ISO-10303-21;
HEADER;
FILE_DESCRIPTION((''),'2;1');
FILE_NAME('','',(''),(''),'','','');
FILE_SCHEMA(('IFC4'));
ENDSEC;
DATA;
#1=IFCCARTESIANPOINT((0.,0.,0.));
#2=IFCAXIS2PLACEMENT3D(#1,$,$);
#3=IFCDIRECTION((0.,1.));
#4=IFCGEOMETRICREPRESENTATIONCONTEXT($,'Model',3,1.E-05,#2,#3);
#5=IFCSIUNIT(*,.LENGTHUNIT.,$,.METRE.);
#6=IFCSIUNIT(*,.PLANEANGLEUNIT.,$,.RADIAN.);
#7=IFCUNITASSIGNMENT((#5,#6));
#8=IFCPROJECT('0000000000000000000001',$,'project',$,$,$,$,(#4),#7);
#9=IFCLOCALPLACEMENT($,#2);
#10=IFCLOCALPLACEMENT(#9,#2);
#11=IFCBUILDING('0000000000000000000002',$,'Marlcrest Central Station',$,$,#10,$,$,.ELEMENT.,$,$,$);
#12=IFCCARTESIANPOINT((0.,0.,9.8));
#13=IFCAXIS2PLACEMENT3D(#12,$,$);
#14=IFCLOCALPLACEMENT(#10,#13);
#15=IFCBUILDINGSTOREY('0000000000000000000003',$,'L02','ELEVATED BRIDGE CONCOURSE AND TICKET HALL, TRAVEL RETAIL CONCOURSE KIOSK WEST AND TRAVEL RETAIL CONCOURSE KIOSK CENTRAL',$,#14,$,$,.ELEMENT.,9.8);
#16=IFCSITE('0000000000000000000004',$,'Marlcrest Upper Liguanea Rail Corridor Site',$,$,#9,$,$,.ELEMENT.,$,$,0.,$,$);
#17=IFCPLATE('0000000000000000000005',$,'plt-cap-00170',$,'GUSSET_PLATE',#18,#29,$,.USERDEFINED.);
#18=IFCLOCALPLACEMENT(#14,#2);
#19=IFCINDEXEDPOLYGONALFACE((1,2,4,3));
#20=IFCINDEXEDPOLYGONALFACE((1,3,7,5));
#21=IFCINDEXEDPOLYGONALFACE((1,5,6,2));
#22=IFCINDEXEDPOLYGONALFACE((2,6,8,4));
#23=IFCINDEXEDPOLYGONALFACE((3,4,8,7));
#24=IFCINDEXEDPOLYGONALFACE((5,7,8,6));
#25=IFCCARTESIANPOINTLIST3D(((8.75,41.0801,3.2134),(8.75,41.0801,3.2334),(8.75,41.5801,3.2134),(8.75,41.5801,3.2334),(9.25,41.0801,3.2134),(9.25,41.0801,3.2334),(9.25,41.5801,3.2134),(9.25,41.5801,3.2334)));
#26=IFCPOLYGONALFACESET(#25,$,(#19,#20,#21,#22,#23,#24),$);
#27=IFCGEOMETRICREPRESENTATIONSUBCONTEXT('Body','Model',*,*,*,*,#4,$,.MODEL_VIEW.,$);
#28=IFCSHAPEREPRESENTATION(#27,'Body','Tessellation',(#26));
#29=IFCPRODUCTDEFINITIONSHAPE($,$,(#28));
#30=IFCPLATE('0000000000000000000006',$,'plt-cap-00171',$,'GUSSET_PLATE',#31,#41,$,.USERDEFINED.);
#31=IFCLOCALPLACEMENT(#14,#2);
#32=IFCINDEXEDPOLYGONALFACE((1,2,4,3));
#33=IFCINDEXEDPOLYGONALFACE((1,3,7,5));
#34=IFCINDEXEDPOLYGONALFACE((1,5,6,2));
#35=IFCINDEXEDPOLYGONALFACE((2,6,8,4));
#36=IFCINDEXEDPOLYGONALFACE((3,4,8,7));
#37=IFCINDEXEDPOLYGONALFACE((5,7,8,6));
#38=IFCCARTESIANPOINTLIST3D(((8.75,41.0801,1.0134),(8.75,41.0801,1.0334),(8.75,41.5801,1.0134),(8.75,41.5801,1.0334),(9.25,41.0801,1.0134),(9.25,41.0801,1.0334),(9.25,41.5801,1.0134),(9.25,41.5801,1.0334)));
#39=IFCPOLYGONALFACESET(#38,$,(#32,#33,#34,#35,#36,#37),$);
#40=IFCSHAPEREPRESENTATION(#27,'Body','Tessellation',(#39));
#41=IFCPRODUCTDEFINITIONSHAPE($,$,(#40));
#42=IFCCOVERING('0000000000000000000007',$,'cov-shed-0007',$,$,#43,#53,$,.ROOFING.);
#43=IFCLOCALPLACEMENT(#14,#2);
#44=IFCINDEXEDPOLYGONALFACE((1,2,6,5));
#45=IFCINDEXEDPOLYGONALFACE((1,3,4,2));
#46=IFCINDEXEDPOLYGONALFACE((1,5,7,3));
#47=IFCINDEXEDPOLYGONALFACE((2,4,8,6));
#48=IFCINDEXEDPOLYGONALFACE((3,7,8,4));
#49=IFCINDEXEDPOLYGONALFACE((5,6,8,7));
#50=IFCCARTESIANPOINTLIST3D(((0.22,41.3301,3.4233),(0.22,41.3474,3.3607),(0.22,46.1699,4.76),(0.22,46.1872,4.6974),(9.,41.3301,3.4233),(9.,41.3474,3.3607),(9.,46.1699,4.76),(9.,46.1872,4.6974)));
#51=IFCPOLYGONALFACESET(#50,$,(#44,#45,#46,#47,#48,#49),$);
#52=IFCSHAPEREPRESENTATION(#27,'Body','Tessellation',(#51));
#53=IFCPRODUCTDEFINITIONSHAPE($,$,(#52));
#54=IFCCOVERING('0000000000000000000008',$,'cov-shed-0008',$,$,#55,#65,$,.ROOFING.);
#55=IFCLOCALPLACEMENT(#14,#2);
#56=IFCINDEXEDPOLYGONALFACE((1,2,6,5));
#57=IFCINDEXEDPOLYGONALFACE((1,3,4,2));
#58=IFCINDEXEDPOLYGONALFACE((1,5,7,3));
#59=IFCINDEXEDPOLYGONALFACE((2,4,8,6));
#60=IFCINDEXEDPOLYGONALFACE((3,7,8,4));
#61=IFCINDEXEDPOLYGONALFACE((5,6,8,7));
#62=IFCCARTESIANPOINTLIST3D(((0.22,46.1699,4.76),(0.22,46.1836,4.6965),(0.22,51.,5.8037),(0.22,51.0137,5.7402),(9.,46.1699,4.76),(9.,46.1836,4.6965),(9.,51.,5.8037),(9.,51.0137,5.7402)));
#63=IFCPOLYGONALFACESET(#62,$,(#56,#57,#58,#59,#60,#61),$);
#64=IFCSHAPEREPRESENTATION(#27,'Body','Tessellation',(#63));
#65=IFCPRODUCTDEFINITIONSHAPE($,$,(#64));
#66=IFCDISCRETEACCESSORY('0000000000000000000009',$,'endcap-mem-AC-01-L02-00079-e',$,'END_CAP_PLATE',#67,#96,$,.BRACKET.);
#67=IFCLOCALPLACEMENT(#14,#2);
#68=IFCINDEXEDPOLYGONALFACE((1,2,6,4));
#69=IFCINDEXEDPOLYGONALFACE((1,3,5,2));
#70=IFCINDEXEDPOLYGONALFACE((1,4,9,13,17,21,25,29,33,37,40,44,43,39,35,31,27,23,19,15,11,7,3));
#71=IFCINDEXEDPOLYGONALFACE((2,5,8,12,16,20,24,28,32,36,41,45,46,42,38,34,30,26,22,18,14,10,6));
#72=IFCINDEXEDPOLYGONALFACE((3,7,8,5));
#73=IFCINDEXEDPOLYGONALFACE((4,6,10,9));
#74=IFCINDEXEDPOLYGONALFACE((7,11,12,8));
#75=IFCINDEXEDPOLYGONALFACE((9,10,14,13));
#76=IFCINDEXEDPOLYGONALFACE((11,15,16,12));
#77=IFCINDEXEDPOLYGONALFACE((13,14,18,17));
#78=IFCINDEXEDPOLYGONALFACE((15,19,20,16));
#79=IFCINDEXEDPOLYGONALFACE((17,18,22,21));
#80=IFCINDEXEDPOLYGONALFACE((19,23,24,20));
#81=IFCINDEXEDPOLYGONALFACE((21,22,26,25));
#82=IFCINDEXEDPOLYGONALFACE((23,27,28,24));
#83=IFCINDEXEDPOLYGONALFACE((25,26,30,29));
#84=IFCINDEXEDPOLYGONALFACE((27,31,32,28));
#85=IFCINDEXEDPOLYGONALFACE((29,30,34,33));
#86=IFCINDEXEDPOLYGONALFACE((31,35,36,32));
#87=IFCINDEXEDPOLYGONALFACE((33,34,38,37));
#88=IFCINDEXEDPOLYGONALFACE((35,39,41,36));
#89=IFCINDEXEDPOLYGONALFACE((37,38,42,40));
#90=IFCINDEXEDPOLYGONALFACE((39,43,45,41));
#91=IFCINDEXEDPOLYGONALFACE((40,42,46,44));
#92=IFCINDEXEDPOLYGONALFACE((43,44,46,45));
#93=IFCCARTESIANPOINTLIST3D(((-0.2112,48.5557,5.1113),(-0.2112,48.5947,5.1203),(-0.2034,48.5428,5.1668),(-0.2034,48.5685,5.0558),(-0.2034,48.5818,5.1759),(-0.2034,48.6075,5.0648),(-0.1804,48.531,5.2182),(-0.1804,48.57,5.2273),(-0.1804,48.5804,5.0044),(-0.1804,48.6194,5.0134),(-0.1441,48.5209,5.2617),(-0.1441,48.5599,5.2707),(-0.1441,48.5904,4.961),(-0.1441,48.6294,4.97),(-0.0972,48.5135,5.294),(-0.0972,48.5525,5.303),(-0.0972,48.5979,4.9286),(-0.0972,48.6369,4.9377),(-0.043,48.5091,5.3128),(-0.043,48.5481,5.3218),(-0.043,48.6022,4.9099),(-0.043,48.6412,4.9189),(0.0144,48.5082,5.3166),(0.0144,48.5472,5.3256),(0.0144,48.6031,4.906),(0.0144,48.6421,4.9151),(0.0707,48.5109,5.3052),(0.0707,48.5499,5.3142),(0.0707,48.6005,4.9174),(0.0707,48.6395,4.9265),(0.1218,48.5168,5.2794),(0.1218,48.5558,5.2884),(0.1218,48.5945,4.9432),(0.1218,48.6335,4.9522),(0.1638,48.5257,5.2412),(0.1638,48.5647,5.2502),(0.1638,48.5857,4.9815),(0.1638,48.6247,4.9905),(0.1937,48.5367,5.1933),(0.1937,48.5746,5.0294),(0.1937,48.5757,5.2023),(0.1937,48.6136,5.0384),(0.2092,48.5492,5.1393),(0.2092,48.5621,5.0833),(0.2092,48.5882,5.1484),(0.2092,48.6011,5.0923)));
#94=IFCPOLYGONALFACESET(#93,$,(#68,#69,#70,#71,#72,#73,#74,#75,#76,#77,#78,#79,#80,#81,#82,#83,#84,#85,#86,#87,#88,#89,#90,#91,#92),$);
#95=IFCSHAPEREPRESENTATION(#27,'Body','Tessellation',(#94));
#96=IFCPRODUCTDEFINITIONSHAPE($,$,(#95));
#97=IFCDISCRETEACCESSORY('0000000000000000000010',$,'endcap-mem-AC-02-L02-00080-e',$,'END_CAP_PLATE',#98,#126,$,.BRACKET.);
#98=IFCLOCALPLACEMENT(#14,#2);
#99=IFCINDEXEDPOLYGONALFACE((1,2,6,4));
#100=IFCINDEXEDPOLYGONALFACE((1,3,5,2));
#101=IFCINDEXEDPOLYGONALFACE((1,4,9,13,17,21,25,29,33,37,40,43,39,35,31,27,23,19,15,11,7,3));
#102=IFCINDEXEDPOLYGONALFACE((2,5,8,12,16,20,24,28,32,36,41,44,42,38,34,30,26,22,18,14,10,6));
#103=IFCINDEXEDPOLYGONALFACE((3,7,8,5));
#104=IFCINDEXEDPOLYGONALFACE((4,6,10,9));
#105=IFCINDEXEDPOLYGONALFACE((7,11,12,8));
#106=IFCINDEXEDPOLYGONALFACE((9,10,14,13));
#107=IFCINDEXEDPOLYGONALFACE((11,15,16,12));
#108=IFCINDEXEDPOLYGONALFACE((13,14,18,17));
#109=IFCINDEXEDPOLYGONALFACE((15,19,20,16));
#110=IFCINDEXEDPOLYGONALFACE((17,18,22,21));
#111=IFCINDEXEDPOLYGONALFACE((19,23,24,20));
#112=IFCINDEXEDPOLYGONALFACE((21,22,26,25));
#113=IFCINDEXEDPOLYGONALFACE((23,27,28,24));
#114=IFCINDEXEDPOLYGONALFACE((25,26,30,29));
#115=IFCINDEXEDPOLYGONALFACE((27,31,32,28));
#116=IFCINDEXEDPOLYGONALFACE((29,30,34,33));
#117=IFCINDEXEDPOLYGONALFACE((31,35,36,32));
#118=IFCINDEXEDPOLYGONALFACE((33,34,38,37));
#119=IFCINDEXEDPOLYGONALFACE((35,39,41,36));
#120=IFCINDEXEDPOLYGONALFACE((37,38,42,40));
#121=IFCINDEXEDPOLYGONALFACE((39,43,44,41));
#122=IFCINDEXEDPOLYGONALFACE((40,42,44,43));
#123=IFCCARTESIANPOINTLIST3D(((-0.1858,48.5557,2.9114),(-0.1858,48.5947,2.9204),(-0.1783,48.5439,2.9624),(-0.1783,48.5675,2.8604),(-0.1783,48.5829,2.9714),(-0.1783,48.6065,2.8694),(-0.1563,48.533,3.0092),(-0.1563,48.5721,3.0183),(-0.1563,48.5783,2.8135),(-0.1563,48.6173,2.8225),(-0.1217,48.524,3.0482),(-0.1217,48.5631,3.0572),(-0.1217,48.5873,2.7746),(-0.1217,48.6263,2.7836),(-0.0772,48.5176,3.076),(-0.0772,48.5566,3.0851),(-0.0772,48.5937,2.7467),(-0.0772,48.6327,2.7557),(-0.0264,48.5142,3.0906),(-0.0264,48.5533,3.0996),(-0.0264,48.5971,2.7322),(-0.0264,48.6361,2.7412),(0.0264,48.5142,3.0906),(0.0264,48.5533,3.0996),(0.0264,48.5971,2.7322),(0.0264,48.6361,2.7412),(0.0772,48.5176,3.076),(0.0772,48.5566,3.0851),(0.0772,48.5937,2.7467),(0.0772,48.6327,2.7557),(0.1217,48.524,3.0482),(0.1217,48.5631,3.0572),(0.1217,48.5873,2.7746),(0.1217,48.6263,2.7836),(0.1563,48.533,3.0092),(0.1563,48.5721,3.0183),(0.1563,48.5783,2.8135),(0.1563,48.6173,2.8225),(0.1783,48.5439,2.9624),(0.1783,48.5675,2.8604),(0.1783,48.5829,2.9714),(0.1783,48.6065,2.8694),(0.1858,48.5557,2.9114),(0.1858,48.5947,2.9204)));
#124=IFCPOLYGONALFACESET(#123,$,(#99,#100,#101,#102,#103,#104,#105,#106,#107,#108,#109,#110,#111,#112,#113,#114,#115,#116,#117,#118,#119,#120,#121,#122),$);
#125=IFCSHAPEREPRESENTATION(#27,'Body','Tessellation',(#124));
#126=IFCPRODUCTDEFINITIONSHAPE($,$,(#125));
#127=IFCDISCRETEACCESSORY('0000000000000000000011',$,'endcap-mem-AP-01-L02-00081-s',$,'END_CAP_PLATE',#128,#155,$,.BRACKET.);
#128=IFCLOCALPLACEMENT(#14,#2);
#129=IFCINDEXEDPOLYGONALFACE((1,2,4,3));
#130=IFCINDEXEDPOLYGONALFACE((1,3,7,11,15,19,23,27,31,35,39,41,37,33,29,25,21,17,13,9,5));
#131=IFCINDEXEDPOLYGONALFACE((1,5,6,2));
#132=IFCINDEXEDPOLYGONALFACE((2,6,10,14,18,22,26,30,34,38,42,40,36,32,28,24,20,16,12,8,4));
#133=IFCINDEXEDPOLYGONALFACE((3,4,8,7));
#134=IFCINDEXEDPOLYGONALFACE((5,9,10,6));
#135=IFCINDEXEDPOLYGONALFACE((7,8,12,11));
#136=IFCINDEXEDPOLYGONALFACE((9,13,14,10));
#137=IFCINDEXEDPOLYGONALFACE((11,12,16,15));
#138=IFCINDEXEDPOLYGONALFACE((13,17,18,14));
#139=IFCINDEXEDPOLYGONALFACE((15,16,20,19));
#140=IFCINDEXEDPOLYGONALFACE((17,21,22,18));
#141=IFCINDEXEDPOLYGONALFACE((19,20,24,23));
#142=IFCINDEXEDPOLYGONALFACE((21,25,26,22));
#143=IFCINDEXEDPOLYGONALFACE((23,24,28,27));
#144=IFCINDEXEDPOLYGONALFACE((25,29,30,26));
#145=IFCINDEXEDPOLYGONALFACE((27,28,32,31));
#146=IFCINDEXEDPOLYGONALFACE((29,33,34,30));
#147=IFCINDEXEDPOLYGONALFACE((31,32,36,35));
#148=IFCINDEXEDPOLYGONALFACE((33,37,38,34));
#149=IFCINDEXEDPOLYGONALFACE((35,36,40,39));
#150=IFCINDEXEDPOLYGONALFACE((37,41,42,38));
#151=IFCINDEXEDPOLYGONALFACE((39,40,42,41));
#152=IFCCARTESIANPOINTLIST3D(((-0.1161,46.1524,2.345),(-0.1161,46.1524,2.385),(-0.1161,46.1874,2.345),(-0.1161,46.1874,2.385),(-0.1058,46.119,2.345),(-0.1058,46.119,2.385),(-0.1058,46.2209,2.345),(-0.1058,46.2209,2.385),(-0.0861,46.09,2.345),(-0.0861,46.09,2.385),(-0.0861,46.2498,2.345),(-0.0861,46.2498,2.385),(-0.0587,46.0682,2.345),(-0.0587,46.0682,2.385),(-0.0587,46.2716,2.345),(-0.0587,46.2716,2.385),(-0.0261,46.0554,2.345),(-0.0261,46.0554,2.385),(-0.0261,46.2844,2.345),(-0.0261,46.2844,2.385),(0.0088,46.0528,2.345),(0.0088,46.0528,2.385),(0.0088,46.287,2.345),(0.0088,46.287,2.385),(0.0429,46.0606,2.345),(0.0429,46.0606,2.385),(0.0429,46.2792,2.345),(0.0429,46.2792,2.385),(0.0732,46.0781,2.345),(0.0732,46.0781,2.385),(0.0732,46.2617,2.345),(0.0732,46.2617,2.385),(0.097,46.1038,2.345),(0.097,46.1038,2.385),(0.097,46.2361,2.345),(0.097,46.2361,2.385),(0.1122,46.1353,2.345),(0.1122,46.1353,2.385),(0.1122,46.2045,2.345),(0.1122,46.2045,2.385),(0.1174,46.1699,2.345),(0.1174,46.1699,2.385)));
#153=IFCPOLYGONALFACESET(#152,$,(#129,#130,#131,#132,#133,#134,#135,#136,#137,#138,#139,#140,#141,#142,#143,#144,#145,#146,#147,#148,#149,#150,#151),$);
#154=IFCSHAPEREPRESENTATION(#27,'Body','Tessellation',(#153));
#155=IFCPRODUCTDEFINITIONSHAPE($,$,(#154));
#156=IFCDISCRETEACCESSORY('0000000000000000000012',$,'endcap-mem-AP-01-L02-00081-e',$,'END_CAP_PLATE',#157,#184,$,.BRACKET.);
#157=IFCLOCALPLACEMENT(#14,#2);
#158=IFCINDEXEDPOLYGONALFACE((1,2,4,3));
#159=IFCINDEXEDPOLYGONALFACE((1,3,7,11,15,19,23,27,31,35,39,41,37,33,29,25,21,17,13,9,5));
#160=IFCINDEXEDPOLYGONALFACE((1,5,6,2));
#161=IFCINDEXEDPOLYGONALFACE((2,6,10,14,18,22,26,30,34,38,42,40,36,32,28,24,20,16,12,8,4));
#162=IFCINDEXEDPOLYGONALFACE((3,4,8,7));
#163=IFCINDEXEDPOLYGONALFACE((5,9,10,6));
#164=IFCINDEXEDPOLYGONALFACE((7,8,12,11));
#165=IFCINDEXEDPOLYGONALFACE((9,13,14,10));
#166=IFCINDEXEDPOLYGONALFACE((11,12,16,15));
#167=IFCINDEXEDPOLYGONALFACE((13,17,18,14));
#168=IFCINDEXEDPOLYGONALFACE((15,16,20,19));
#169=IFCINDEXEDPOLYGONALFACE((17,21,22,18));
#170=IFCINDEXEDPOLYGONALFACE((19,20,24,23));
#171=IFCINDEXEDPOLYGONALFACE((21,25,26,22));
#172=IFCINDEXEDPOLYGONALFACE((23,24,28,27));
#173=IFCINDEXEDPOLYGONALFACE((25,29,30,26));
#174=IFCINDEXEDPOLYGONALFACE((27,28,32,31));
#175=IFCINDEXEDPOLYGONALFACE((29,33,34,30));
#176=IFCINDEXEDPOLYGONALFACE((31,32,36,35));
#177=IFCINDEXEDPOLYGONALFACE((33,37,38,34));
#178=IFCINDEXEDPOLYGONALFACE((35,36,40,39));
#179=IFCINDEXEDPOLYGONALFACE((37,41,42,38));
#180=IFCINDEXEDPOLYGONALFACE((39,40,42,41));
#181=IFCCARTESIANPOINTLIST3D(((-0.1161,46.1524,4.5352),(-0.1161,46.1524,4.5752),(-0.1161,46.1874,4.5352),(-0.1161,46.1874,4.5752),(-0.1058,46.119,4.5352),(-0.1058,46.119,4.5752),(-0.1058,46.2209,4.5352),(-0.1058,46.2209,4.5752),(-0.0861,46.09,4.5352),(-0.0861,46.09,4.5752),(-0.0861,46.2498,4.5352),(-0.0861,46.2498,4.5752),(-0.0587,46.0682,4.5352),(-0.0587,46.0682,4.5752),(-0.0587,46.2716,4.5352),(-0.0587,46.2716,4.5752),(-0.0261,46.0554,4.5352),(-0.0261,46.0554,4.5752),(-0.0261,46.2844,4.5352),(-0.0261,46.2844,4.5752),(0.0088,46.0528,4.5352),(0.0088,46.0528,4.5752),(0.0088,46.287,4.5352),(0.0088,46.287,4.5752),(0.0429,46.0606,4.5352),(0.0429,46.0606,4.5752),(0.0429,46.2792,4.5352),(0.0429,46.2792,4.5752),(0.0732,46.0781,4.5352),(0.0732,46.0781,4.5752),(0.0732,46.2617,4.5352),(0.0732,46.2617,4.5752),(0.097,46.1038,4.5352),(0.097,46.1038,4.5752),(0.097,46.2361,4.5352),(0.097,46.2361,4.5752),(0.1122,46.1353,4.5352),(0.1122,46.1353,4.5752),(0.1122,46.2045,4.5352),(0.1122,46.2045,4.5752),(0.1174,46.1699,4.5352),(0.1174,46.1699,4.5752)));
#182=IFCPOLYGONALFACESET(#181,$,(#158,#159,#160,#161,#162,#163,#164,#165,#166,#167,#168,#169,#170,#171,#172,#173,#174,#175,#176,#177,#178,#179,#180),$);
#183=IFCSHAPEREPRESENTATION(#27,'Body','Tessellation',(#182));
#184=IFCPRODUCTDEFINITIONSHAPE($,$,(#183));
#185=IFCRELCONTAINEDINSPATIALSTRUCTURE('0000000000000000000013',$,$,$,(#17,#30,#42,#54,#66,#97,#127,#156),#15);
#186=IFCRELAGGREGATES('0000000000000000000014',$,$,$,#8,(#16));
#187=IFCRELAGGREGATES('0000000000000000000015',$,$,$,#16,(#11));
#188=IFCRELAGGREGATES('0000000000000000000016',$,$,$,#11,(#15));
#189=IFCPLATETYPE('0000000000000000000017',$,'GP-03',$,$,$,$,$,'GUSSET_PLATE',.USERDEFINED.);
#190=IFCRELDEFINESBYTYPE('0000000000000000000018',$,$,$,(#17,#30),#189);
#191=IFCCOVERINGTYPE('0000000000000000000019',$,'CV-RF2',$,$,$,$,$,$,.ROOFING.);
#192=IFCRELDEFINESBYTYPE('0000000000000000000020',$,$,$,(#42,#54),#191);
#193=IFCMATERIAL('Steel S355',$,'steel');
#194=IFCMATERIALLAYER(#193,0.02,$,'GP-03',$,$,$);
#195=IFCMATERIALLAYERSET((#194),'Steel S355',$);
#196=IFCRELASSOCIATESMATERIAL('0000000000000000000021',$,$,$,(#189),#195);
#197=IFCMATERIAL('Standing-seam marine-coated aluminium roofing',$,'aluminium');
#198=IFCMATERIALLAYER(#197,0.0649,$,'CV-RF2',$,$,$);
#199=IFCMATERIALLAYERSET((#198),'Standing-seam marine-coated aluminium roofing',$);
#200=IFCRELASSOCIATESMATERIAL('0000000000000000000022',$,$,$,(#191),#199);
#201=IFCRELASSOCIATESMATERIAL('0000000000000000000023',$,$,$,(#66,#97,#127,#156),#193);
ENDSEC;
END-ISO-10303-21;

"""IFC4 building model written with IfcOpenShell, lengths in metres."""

from ifc_helpers import new_model, si_unit, direction, frame, origin, origin_2d, place, context, subcontext, project, spatial, polyline, rectangle, circle, outline, extrude, material, layer, layer_set, type_object, element, save


model = new_model("IFC4")

# Units and contexts
model_context = context("Model", 3, precision=1e-05, world=origin(), true_north=direction((0.0, 1.0)))
body_context = subcontext(model_context, "Body", "Model", "MODEL_VIEW")
ifc_project = project(units=[si_unit("LENGTHUNIT", "METRE"), si_unit("PLANEANGLEUNIT", "RADIAN")], contexts=[model_context])

# Site, building, storey
site_placement = place(None, origin())
site = spatial("IfcSite", under=ifc_project, at=site_placement, Name="Marlcrest Upper Liguanea Rail Corridor Site", CompositionType="ELEMENT", RefElevation=0.0)
building_placement = place(site_placement, origin())
building = spatial("IfcBuilding", under=site, at=building_placement, Name="Marlcrest Central Station", CompositionType="ELEMENT")
storey_placement = place(building_placement, frame((0.0, 0.0, 9.8)))
storey = spatial("IfcBuildingStorey", under=building, at=storey_placement, Name="L02", Description="ELEVATED BRIDGE CONCOURSE AND TICKET HALL, TRAVEL RETAIL CONCOURSE KIOSK WEST AND TRAVEL RETAIL CONCOURSE KIOSK CENTRAL", CompositionType="ELEMENT", Elevation=9.8)

# Shared definitions
ifc_material_1 = material(Name="Steel S355", Category="steel")

# Plates
ifc_layer_1 = layer(ifc_material_1, 0.02, Name="GP-03")
ifc_layer_set_1 = layer_set([ifc_layer_1], Name="Steel S355")
plate_type = type_object("IfcPlateType", Name="GP-03", ElementType="GUSSET_PLATE", PredefinedType="USERDEFINED", material=ifc_layer_set_1)
for number, where, z_axis, x_axis, name in (
    (1, (9.0, 41.3301, 3.2134), (0.0, 0.0, 1.0), (1.0, 0.0, 0.0), "plt-cap-00170"),
    (2, (9.0, 41.3301, 1.0134), (0.0, 0.0, 1.0), (1.0, 0.0, 0.0), "plt-cap-00171"),
):
    element("IfcPlate", number, at=place(storey_placement, frame(where, z_axis=z_axis, x_axis=x_axis)), inside=storey, type_object=plate_type, Name=name, ObjectType="GUSSET_PLATE", PredefinedType="USERDEFINED", context=body_context, shape_type="SweptSolid", body=[
        extrude(rectangle(XDim=0.5, YDim=0.5, at=origin_2d()), origin(), (0.0, 0.0, 1.0), 0.02),
    ])

# Coverings
ifc_material_2 = material(Name="Standing-seam marine-coated aluminium roofing", Category="aluminium")
ifc_layer_2 = layer(ifc_material_2, 0.0649, Name="CV-RF2")
ifc_layer_set_2 = layer_set([ifc_layer_2], Name="Standing-seam marine-coated aluminium roofing")
covering_type = type_object("IfcCoveringType", Name="CV-RF2", PredefinedType="ROOFING", material=ifc_layer_set_2)
covering_1_placement = place(storey_placement, frame((0.22, 41.3301, 3.4233), z_axis=(0.0, -0.266214, 0.963914), x_axis=(1.0, 0.0, 0.0)))
element("IfcCovering", 3, at=covering_1_placement, inside=storey, type_object=covering_type, Name="cov-shed-0007", PredefinedType="ROOFING", context=body_context, shape_type="SweptSolid", body=[
    extrude(outline(polyline([(0.0, 0.0), (8.78, 0.0), (8.78, 5.021), (0.0, 5.021), (0.0, 0.0)])), origin(), (0.0, 0.0, -1.0), 0.0649),
])
covering_2_placement = place(storey_placement, frame((0.22, 46.1699, 4.76), z_axis=(0.0, -0.211209, 0.977441), x_axis=(1.0, 0.0, 0.0)))
element("IfcCovering", 4, at=covering_2_placement, inside=storey, type_object=covering_type, Name="cov-shed-0008", PredefinedType="ROOFING", context=body_context, shape_type="SweptSolid", body=[
    extrude(outline(polyline([(0.0, 0.0), (8.78, 0.0), (8.78, 4.9416), (0.0, 4.9416), (0.0, 0.0)])), origin(), (0.0, 0.0, -1.0), 0.0649),
])

# Discrete accessories
discrete_accessory_1_placement = place(storey_placement, frame((0.0, 48.5557, 5.1113), z_axis=(0.0, 0.97433, 0.225126), x_axis=(-1.0, 0.0, 0.0)))
element("IfcDiscreteAccessory", 5, at=discrete_accessory_1_placement, inside=storey, material=ifc_material_1, Name="endcap-mem-AC-01-L02-00079-e", ObjectType="END_CAP_PLATE", PredefinedType="BRACKET", context=body_context, shape_type="SweptSolid", body=[
    extrude(circle(Radius=0.2112, at=origin_2d()), origin(), (0.0, 0.0, 1.0), 0.04),
])
discrete_accessory_2_placement = place(storey_placement, frame((0.0, 48.5557, 2.9114), z_axis=(0.0, 0.974308, 0.22522), x_axis=(-1.0, 0.0, 0.0)))
element("IfcDiscreteAccessory", 6, at=discrete_accessory_2_placement, inside=storey, material=ifc_material_1, Name="endcap-mem-AC-02-L02-00080-e", ObjectType="END_CAP_PLATE", PredefinedType="BRACKET", context=body_context, shape_type="SweptSolid", body=[
    extrude(circle(Radius=0.1858, at=origin_2d()), origin(), (0.0, 0.0, 1.0), 0.04),
])
for number, where, z_axis, x_axis, name in (
    (7, (0.0, 46.1699, 2.345), (0.0, 0.0, 1.0), (1.0, 0.0, 0.0), "endcap-mem-AP-01-L02-00081-s"),
    (8, (0.0, 46.1699, 4.5352), (0.0, 0.0, 1.0), (1.0, 0.0, 0.0), "endcap-mem-AP-01-L02-00081-e"),
):
    element("IfcDiscreteAccessory", number, at=place(storey_placement, frame(where, z_axis=z_axis, x_axis=x_axis)), inside=storey, material=ifc_material_1, Name=name, ObjectType="END_CAP_PLATE", PredefinedType="BRACKET", context=body_context, shape_type="SweptSolid", body=[
        extrude(circle(Radius=0.1174, at=origin_2d()), origin(), (0.0, 0.0, 1.0), 0.04),
    ])

save(model, "model.ifc")
